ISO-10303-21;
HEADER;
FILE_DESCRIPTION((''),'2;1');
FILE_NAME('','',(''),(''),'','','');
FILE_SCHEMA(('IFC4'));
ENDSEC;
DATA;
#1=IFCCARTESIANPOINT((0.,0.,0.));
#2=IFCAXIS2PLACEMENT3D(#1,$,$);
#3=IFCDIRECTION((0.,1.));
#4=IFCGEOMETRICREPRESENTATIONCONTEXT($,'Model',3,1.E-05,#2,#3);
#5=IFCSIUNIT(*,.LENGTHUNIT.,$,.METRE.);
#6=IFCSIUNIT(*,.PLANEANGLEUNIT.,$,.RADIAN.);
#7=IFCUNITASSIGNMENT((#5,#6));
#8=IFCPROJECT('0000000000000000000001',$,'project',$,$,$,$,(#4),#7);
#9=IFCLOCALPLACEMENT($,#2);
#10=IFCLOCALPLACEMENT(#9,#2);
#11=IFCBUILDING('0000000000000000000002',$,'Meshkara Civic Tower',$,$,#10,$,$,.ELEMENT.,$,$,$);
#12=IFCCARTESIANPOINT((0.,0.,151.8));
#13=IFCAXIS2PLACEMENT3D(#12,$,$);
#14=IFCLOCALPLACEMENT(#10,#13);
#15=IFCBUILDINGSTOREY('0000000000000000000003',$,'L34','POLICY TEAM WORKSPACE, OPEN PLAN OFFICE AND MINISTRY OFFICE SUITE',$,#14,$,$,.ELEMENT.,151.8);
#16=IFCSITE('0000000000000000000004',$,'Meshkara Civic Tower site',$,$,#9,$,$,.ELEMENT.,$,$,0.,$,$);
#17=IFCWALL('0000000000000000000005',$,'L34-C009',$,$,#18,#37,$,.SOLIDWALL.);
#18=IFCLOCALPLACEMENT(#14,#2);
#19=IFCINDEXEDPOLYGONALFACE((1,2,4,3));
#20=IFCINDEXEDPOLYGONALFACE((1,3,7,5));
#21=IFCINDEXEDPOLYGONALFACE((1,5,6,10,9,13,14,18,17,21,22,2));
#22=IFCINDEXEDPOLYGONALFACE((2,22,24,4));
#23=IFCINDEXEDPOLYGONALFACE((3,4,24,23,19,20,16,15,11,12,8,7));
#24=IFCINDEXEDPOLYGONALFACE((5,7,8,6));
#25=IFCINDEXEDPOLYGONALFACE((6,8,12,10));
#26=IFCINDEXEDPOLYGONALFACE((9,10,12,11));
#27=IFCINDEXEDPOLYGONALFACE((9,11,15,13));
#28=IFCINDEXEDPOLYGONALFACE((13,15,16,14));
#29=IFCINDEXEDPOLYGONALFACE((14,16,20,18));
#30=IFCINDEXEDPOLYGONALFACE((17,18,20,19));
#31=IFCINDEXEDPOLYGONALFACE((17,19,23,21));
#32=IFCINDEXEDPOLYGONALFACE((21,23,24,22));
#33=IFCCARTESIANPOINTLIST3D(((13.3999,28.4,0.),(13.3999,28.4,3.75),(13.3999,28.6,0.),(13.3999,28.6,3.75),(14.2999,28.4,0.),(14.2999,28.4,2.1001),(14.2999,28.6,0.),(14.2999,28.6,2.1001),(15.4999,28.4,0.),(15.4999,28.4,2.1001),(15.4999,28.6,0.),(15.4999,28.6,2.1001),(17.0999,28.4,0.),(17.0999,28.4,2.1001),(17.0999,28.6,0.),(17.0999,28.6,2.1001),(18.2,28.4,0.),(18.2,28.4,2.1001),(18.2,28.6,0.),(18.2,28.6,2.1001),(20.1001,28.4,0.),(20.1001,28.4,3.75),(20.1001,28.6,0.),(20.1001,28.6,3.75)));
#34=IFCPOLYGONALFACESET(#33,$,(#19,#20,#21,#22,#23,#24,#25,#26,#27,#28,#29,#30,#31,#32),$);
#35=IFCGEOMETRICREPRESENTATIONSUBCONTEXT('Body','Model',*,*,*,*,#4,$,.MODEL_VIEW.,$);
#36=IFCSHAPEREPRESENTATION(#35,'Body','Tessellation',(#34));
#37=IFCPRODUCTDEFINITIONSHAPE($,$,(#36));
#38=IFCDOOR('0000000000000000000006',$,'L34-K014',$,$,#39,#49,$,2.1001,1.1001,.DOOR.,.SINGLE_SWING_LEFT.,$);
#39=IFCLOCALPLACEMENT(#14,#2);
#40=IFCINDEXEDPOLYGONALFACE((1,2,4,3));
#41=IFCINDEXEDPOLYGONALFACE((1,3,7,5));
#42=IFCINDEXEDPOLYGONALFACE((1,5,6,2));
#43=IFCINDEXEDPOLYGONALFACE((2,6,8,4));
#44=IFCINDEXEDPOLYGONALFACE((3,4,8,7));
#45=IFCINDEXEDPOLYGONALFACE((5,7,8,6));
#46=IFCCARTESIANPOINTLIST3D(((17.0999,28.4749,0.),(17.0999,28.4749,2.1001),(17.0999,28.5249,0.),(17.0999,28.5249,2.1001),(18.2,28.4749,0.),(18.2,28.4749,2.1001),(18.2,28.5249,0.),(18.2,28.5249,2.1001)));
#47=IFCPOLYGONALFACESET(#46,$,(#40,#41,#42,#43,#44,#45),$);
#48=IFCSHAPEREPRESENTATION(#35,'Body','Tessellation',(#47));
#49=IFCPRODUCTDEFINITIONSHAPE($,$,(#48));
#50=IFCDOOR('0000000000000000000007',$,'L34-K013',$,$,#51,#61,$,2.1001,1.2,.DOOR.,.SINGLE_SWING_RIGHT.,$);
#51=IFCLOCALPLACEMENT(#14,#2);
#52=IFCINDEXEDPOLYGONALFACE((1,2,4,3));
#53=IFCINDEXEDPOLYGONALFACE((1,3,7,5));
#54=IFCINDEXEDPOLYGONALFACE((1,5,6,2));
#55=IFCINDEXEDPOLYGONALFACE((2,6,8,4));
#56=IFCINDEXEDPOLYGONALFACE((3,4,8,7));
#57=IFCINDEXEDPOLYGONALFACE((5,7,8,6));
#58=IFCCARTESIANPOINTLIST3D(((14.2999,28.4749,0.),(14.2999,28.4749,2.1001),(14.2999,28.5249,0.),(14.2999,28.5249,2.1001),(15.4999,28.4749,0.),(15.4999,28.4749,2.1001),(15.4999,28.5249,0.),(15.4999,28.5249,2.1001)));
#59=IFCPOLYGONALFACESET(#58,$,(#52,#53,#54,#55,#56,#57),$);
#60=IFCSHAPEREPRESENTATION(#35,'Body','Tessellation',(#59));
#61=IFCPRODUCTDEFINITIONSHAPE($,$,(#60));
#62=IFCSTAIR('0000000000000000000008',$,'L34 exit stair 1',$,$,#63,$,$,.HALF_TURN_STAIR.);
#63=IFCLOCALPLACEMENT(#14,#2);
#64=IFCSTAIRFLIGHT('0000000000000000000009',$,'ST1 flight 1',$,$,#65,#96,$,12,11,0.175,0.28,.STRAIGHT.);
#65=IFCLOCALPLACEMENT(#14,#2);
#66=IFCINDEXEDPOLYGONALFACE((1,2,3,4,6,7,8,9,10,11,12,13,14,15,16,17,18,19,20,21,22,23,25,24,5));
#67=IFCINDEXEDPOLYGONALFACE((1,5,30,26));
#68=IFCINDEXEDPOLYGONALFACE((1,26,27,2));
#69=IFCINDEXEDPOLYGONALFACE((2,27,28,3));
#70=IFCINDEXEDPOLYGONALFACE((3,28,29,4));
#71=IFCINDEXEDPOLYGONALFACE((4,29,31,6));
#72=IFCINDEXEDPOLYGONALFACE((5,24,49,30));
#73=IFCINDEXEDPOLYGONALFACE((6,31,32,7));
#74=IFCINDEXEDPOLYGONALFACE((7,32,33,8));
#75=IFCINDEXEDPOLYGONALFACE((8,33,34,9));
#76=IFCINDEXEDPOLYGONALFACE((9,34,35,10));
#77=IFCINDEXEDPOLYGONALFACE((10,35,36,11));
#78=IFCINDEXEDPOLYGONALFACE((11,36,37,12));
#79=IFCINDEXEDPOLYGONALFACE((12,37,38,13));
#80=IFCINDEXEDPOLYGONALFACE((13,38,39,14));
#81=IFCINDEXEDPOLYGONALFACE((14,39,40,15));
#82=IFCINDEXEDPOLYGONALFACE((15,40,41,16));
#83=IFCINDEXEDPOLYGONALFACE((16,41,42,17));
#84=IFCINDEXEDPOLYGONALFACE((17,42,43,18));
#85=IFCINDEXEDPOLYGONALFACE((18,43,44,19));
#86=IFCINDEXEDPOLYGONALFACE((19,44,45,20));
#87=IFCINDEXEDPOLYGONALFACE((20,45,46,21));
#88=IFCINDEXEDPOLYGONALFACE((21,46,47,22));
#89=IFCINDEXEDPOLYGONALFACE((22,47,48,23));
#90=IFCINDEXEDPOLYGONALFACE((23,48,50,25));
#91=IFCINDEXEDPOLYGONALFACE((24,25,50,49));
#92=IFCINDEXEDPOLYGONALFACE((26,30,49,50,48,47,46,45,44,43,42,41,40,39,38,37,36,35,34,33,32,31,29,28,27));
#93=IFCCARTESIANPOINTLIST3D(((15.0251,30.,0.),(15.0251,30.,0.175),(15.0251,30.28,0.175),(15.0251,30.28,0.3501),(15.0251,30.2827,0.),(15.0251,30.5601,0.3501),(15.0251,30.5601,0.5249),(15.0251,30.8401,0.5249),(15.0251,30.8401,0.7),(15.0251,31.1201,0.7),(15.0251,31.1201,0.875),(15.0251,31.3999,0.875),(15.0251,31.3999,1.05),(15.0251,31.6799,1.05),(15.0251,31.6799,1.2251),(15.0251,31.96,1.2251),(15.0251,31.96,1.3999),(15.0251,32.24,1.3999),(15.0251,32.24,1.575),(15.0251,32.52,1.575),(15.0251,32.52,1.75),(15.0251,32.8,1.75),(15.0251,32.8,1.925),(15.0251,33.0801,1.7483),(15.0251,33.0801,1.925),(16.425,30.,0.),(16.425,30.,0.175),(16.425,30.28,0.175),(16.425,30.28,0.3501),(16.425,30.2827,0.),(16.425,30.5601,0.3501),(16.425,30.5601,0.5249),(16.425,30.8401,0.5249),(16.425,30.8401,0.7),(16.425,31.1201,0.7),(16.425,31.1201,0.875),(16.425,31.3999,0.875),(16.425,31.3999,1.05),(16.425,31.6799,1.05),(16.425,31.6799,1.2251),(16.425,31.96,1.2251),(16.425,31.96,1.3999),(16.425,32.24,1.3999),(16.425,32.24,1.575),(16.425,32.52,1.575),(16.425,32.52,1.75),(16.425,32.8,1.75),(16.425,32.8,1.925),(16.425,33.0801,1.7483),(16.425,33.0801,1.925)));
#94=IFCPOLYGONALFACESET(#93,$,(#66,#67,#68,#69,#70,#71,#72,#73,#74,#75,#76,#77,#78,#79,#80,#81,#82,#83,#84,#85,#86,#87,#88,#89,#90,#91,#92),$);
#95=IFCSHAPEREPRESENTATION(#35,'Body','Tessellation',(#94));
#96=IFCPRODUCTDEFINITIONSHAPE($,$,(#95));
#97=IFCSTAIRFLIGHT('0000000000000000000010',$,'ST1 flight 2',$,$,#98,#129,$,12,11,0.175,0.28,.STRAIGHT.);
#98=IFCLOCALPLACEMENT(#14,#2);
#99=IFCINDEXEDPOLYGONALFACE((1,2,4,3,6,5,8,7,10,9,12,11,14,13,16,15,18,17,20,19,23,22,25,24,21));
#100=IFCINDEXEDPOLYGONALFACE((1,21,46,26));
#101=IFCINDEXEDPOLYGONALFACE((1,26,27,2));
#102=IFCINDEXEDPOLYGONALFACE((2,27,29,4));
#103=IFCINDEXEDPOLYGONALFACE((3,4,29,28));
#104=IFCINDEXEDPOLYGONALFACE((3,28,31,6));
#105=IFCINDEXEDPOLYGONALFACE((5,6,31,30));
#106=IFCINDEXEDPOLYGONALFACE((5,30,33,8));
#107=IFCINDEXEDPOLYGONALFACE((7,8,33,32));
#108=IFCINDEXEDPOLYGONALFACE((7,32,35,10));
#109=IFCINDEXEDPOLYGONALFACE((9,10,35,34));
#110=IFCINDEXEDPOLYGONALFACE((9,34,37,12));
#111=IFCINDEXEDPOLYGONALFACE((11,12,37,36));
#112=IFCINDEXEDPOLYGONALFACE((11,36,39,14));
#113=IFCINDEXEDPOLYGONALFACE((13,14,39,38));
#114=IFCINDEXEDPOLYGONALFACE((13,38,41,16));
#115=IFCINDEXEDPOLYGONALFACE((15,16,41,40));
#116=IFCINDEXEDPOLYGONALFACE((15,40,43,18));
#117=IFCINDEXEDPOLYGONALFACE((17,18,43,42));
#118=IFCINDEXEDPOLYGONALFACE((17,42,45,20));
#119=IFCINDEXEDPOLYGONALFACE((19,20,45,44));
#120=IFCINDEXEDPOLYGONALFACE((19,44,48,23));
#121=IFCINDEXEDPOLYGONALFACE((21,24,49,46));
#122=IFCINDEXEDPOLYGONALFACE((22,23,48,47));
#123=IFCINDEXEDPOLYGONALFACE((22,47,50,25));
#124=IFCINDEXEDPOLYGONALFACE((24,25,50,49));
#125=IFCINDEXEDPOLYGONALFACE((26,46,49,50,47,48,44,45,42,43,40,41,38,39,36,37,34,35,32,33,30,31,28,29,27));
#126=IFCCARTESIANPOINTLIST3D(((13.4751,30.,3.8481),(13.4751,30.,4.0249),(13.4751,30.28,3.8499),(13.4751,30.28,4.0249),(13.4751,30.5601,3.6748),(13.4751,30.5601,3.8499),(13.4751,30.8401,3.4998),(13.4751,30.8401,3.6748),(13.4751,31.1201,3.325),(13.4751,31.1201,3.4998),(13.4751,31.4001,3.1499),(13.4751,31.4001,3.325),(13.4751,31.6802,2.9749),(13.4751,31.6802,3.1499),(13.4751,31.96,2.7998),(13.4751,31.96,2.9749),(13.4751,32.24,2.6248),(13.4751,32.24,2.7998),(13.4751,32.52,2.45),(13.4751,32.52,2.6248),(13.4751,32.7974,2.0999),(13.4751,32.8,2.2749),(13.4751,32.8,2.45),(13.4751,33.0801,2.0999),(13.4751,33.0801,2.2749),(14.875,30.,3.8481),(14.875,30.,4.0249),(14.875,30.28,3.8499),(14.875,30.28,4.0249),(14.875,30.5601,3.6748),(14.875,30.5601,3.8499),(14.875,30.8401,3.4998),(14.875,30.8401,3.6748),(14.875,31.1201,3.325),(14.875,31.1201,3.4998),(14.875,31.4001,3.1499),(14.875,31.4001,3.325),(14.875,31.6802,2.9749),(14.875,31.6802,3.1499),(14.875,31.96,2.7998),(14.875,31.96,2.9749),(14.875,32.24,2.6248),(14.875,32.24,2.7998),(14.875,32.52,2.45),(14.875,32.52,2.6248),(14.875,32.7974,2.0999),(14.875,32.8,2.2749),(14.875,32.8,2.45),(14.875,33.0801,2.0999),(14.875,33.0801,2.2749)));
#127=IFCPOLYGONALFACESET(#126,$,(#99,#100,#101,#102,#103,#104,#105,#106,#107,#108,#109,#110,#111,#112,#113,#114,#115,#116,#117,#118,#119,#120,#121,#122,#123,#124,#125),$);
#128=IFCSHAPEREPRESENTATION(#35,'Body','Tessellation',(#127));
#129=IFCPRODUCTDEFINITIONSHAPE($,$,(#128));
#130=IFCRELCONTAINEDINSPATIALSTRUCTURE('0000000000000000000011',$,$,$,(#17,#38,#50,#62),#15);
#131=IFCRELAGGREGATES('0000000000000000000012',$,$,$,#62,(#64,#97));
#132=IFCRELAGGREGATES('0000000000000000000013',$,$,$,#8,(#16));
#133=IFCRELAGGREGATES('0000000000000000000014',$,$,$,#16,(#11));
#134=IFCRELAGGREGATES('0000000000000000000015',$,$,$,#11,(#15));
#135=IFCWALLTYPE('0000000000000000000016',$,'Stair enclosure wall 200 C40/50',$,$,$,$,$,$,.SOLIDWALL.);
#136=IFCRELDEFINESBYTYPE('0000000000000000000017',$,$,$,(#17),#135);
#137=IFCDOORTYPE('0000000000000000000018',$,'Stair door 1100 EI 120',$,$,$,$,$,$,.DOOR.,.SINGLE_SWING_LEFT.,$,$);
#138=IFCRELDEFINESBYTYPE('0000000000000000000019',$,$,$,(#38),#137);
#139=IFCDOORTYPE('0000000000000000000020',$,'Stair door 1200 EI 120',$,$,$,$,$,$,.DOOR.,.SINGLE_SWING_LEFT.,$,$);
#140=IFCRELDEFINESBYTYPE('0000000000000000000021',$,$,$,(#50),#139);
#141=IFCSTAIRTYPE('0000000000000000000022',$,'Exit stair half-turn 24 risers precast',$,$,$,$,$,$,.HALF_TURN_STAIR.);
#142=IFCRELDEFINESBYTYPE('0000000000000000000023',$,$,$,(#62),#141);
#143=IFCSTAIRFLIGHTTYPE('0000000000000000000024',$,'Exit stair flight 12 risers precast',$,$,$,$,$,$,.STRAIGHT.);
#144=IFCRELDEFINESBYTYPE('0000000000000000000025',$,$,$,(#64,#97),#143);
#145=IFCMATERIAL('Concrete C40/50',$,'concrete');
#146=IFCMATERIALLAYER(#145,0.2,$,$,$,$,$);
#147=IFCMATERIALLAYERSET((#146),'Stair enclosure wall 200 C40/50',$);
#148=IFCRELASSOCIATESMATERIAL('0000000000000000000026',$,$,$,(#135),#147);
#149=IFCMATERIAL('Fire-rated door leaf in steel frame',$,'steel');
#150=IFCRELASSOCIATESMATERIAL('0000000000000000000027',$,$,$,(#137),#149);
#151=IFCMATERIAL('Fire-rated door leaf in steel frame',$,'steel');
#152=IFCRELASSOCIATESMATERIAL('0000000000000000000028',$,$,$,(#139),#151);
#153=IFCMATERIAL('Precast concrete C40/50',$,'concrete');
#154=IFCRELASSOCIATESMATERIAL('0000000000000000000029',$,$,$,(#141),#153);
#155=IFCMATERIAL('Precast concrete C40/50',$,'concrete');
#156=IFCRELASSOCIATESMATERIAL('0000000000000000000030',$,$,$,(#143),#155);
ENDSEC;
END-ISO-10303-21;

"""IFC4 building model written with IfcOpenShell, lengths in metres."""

from ifc_helpers import new_model, si_unit, direction, frame, frame_2d, origin, place, context, subcontext, project, spatial, polyline, rectangle, outline, extrude, material, layer, layer_set, type_object, element, fill, aggregate, save


model = new_model("IFC4")

# Units and contexts
model_context = context("Model", 3, precision=1e-05, world=origin(), true_north=direction((0.0, 1.0)))
body_context = subcontext(model_context, "Body", "Model", "MODEL_VIEW")
ifc_project = project(units=[si_unit("LENGTHUNIT", "METRE"), si_unit("PLANEANGLEUNIT", "RADIAN")], contexts=[model_context])

# Site, building, storey
site_placement = place(None, origin())
site = spatial("IfcSite", under=ifc_project, at=site_placement, Name="Meshkara Civic Tower site", CompositionType="ELEMENT", RefElevation=0.0)
building_placement = place(site_placement, origin())
building = spatial("IfcBuilding", under=site, at=building_placement, Name="Meshkara Civic Tower", CompositionType="ELEMENT")
storey_placement = place(building_placement, frame((0.0, 0.0, 151.8)))
storey = spatial("IfcBuildingStorey", under=building, at=storey_placement, Name="L34", Description="POLICY TEAM WORKSPACE, OPEN PLAN OFFICE AND MINISTRY OFFICE SUITE", CompositionType="ELEMENT", Elevation=151.8)

# Wall, openings, doors
ifc_material_1 = material(Name="Concrete C40/50", Category="concrete")
ifc_layer_1 = layer(ifc_material_1, 0.2)
ifc_layer_set_1 = layer_set([ifc_layer_1], Name="Stair enclosure wall 200 C40/50")
wall_type_1 = type_object("IfcWallType", Name="Stair enclosure wall 200 C40/50", PredefinedType="SOLIDWALL", material=ifc_layer_set_1)
wall_1_placement = place(storey_placement, frame((13.3999, 28.5, 0.0), z_axis=(0.0, 0.0, 1.0), x_axis=(1.0, 0.0, 0.0)))
wall_1 = element("IfcWall", 1, at=wall_1_placement, inside=storey, type_object=wall_type_1, Name="L34-C009", PredefinedType="SOLIDWALL", context=body_context, shape_type="SweptSolid", body=[
    extrude(rectangle(XDim=6.7002, YDim=0.2, at=frame_2d((3.3501, 0.0))), origin(), (0.0, 0.0, 1.0), 3.75),
])
opening_1_placement = place(wall_1_placement, frame((0.8999, 0.0, 0.0)))
opening_1 = element("IfcOpeningElement", 2, at=opening_1_placement, cuts=wall_1, PredefinedType="OPENING", context=body_context, shape_type="SweptSolid", body=[
    extrude(rectangle(XDim=1.2, YDim=2.1001, at=frame_2d((0.6001, 1.05))), frame((0.0, 0.1099, 0.0), z_axis=(0.0, -1.0, 0.0), x_axis=(1.0, 0.0, 0.0)), (0.0, 0.0, 1.0), 0.22),
])
opening_2_placement = place(wall_1_placement, frame((3.7, 0.0, 0.0)))
opening_2 = element("IfcOpeningElement", 3, at=opening_2_placement, cuts=wall_1, PredefinedType="OPENING", context=body_context, shape_type="SweptSolid", body=[
    extrude(rectangle(XDim=1.1001, YDim=2.1001, at=frame_2d((0.55, 1.05))), frame((0.0, 0.1099, 0.0), z_axis=(0.0, -1.0, 0.0), x_axis=(1.0, 0.0, 0.0)), (0.0, 0.0, 1.0), 0.22),
])
ifc_material_2 = material(Name="Fire-rated door leaf in steel frame", Category="steel")
door_type_1 = type_object("IfcDoorType", Name="Stair door 1100 EI 120", OperationType="SINGLE_SWING_LEFT", PredefinedType="DOOR", material=ifc_material_2)
door_1_placement = place(opening_2_placement, origin())
door_1 = element("IfcDoor", 4, at=door_1_placement, inside=storey, type_object=door_type_1, Name="L34-K014", OperationType="SINGLE_SWING_LEFT", OverallHeight=2.1001, OverallWidth=1.1001, PredefinedType="DOOR", context=body_context, shape_type="SweptSolid", body=[
    extrude(rectangle(XDim=1.1001, YDim=2.1001, at=frame_2d((0.55, 1.05))), frame((0.0, 0.0249, 0.0), z_axis=(0.0, -1.0, 0.0), x_axis=(1.0, 0.0, 0.0)), (0.0, 0.0, 1.0), 0.05),
])
fill(opening_2, door_1)
ifc_material_3 = material(Name="Fire-rated door leaf in steel frame", Category="steel")
door_type_2 = type_object("IfcDoorType", Name="Stair door 1200 EI 120", OperationType="SINGLE_SWING_LEFT", PredefinedType="DOOR", material=ifc_material_3)
door_2_placement = place(opening_1_placement, origin())
door_2 = element("IfcDoor", 5, at=door_2_placement, inside=storey, type_object=door_type_2, Name="L34-K013", OperationType="SINGLE_SWING_RIGHT", OverallHeight=2.1001, OverallWidth=1.2, PredefinedType="DOOR", context=body_context, shape_type="SweptSolid", body=[
    extrude(rectangle(XDim=1.2, YDim=2.1001, at=frame_2d((0.6001, 1.05))), frame((0.0, 0.0249, 0.0), z_axis=(0.0, -1.0, 0.0), x_axis=(1.0, 0.0, 0.0)), (0.0, 0.0, 1.0), 0.05),
])
fill(opening_1, door_2)

# Stair, stair flights
ifc_material_4 = material(Name="Precast concrete C40/50", Category="concrete")
stair_type = type_object("IfcStairType", Name="Exit stair half-turn 24 risers precast", PredefinedType="HALF_TURN_STAIR", material=ifc_material_4)
stair_placement = place(storey_placement, origin())
stair = element("IfcStair", 6, at=stair_placement, inside=storey, type_object=stair_type, Name="L34 exit stair 1", PredefinedType="HALF_TURN_STAIR")
ifc_material_5 = material(Name="Precast concrete C40/50", Category="concrete")
stair_flight_type = type_object("IfcStairFlightType", Name="Exit stair flight 12 risers precast", PredefinedType="STRAIGHT", material=ifc_material_5)
stair_flight_1_placement = place(storey_placement, frame((15.7251, 30.0, 0.0), z_axis=(0.0, 0.0, 1.0), x_axis=(0.0, 1.0, 0.0)))
stair_flight_1 = element("IfcStairFlight", 7, at=stair_flight_1_placement, type_object=stair_flight_type, Name="ST1 flight 1", NumberOfRisers=12, NumberOfTreads=11, PredefinedType="STRAIGHT", RiserHeight=0.175, TreadLength=0.28, context=body_context, shape_type="SweptSolid", body=[
    extrude(outline(polyline([(0.0, 0.0), (0.0, 0.175), (0.28, 0.175), (0.28, 0.3501), (0.5601, 0.3501), (0.5601, 0.5249), (0.8401, 0.5249), (0.8401, 0.7), (1.1201, 0.7), (1.1201, 0.875), (1.3999, 0.875), (1.3999, 1.05), (1.6799, 1.05), (1.6799, 1.2251), (1.96, 1.2251), (1.96, 1.3999), (2.24, 1.3999), (2.24, 1.575), (2.52, 1.575), (2.52, 1.75), (2.8, 1.75), (2.8, 1.925), (3.0801, 1.925), (3.0801, 2.1001), (3.0801, 1.7483), (0.2827, 0.0), (0.0, 0.0)])), frame((0.0, 0.7, 0.0), z_axis=(0.0, -1.0, 0.0), x_axis=(1.0, 0.0, 0.0)), (0.0, 0.0, 1.0), 1.3999),
])
stair_flight_2_placement = place(storey_placement, frame((14.175, 33.0801, 2.0999), z_axis=(0.0, 0.0, 1.0), x_axis=(0.0, -1.0, 0.0)))
stair_flight_2 = element("IfcStairFlight", 8, at=stair_flight_2_placement, type_object=stair_flight_type, Name="ST1 flight 2", NumberOfRisers=12, NumberOfTreads=11, PredefinedType="STRAIGHT", RiserHeight=0.175, TreadLength=0.28, context=body_context, shape_type="SweptSolid", body=[
    extrude(outline(polyline([(0.0, 0.0), (0.0, 0.175), (0.28, 0.175), (0.28, 0.3501), (0.5601, 0.3501), (0.5601, 0.5249), (0.8401, 0.5249), (0.8401, 0.7), (1.1201, 0.7), (1.1201, 0.875), (1.3999, 0.875), (1.3999, 1.05), (1.6799, 1.05), (1.6799, 1.2251), (1.96, 1.2251), (1.96, 1.3999), (2.24, 1.3999), (2.24, 1.575), (2.52, 1.575), (2.52, 1.75), (2.8, 1.75), (2.8, 1.925), (3.0801, 1.925), (3.0801, 2.1001), (3.0801, 1.7483), (0.2827, 0.0), (0.0, 0.0)])), frame((0.0, 0.7, 0.0), z_axis=(0.0, -1.0, 0.0), x_axis=(1.0, 0.0, 0.0)), (0.0, 0.0, 1.0), 1.3999),
])
aggregate(stair, [stair_flight_1, stair_flight_2])

save(model, "model.ifc")
